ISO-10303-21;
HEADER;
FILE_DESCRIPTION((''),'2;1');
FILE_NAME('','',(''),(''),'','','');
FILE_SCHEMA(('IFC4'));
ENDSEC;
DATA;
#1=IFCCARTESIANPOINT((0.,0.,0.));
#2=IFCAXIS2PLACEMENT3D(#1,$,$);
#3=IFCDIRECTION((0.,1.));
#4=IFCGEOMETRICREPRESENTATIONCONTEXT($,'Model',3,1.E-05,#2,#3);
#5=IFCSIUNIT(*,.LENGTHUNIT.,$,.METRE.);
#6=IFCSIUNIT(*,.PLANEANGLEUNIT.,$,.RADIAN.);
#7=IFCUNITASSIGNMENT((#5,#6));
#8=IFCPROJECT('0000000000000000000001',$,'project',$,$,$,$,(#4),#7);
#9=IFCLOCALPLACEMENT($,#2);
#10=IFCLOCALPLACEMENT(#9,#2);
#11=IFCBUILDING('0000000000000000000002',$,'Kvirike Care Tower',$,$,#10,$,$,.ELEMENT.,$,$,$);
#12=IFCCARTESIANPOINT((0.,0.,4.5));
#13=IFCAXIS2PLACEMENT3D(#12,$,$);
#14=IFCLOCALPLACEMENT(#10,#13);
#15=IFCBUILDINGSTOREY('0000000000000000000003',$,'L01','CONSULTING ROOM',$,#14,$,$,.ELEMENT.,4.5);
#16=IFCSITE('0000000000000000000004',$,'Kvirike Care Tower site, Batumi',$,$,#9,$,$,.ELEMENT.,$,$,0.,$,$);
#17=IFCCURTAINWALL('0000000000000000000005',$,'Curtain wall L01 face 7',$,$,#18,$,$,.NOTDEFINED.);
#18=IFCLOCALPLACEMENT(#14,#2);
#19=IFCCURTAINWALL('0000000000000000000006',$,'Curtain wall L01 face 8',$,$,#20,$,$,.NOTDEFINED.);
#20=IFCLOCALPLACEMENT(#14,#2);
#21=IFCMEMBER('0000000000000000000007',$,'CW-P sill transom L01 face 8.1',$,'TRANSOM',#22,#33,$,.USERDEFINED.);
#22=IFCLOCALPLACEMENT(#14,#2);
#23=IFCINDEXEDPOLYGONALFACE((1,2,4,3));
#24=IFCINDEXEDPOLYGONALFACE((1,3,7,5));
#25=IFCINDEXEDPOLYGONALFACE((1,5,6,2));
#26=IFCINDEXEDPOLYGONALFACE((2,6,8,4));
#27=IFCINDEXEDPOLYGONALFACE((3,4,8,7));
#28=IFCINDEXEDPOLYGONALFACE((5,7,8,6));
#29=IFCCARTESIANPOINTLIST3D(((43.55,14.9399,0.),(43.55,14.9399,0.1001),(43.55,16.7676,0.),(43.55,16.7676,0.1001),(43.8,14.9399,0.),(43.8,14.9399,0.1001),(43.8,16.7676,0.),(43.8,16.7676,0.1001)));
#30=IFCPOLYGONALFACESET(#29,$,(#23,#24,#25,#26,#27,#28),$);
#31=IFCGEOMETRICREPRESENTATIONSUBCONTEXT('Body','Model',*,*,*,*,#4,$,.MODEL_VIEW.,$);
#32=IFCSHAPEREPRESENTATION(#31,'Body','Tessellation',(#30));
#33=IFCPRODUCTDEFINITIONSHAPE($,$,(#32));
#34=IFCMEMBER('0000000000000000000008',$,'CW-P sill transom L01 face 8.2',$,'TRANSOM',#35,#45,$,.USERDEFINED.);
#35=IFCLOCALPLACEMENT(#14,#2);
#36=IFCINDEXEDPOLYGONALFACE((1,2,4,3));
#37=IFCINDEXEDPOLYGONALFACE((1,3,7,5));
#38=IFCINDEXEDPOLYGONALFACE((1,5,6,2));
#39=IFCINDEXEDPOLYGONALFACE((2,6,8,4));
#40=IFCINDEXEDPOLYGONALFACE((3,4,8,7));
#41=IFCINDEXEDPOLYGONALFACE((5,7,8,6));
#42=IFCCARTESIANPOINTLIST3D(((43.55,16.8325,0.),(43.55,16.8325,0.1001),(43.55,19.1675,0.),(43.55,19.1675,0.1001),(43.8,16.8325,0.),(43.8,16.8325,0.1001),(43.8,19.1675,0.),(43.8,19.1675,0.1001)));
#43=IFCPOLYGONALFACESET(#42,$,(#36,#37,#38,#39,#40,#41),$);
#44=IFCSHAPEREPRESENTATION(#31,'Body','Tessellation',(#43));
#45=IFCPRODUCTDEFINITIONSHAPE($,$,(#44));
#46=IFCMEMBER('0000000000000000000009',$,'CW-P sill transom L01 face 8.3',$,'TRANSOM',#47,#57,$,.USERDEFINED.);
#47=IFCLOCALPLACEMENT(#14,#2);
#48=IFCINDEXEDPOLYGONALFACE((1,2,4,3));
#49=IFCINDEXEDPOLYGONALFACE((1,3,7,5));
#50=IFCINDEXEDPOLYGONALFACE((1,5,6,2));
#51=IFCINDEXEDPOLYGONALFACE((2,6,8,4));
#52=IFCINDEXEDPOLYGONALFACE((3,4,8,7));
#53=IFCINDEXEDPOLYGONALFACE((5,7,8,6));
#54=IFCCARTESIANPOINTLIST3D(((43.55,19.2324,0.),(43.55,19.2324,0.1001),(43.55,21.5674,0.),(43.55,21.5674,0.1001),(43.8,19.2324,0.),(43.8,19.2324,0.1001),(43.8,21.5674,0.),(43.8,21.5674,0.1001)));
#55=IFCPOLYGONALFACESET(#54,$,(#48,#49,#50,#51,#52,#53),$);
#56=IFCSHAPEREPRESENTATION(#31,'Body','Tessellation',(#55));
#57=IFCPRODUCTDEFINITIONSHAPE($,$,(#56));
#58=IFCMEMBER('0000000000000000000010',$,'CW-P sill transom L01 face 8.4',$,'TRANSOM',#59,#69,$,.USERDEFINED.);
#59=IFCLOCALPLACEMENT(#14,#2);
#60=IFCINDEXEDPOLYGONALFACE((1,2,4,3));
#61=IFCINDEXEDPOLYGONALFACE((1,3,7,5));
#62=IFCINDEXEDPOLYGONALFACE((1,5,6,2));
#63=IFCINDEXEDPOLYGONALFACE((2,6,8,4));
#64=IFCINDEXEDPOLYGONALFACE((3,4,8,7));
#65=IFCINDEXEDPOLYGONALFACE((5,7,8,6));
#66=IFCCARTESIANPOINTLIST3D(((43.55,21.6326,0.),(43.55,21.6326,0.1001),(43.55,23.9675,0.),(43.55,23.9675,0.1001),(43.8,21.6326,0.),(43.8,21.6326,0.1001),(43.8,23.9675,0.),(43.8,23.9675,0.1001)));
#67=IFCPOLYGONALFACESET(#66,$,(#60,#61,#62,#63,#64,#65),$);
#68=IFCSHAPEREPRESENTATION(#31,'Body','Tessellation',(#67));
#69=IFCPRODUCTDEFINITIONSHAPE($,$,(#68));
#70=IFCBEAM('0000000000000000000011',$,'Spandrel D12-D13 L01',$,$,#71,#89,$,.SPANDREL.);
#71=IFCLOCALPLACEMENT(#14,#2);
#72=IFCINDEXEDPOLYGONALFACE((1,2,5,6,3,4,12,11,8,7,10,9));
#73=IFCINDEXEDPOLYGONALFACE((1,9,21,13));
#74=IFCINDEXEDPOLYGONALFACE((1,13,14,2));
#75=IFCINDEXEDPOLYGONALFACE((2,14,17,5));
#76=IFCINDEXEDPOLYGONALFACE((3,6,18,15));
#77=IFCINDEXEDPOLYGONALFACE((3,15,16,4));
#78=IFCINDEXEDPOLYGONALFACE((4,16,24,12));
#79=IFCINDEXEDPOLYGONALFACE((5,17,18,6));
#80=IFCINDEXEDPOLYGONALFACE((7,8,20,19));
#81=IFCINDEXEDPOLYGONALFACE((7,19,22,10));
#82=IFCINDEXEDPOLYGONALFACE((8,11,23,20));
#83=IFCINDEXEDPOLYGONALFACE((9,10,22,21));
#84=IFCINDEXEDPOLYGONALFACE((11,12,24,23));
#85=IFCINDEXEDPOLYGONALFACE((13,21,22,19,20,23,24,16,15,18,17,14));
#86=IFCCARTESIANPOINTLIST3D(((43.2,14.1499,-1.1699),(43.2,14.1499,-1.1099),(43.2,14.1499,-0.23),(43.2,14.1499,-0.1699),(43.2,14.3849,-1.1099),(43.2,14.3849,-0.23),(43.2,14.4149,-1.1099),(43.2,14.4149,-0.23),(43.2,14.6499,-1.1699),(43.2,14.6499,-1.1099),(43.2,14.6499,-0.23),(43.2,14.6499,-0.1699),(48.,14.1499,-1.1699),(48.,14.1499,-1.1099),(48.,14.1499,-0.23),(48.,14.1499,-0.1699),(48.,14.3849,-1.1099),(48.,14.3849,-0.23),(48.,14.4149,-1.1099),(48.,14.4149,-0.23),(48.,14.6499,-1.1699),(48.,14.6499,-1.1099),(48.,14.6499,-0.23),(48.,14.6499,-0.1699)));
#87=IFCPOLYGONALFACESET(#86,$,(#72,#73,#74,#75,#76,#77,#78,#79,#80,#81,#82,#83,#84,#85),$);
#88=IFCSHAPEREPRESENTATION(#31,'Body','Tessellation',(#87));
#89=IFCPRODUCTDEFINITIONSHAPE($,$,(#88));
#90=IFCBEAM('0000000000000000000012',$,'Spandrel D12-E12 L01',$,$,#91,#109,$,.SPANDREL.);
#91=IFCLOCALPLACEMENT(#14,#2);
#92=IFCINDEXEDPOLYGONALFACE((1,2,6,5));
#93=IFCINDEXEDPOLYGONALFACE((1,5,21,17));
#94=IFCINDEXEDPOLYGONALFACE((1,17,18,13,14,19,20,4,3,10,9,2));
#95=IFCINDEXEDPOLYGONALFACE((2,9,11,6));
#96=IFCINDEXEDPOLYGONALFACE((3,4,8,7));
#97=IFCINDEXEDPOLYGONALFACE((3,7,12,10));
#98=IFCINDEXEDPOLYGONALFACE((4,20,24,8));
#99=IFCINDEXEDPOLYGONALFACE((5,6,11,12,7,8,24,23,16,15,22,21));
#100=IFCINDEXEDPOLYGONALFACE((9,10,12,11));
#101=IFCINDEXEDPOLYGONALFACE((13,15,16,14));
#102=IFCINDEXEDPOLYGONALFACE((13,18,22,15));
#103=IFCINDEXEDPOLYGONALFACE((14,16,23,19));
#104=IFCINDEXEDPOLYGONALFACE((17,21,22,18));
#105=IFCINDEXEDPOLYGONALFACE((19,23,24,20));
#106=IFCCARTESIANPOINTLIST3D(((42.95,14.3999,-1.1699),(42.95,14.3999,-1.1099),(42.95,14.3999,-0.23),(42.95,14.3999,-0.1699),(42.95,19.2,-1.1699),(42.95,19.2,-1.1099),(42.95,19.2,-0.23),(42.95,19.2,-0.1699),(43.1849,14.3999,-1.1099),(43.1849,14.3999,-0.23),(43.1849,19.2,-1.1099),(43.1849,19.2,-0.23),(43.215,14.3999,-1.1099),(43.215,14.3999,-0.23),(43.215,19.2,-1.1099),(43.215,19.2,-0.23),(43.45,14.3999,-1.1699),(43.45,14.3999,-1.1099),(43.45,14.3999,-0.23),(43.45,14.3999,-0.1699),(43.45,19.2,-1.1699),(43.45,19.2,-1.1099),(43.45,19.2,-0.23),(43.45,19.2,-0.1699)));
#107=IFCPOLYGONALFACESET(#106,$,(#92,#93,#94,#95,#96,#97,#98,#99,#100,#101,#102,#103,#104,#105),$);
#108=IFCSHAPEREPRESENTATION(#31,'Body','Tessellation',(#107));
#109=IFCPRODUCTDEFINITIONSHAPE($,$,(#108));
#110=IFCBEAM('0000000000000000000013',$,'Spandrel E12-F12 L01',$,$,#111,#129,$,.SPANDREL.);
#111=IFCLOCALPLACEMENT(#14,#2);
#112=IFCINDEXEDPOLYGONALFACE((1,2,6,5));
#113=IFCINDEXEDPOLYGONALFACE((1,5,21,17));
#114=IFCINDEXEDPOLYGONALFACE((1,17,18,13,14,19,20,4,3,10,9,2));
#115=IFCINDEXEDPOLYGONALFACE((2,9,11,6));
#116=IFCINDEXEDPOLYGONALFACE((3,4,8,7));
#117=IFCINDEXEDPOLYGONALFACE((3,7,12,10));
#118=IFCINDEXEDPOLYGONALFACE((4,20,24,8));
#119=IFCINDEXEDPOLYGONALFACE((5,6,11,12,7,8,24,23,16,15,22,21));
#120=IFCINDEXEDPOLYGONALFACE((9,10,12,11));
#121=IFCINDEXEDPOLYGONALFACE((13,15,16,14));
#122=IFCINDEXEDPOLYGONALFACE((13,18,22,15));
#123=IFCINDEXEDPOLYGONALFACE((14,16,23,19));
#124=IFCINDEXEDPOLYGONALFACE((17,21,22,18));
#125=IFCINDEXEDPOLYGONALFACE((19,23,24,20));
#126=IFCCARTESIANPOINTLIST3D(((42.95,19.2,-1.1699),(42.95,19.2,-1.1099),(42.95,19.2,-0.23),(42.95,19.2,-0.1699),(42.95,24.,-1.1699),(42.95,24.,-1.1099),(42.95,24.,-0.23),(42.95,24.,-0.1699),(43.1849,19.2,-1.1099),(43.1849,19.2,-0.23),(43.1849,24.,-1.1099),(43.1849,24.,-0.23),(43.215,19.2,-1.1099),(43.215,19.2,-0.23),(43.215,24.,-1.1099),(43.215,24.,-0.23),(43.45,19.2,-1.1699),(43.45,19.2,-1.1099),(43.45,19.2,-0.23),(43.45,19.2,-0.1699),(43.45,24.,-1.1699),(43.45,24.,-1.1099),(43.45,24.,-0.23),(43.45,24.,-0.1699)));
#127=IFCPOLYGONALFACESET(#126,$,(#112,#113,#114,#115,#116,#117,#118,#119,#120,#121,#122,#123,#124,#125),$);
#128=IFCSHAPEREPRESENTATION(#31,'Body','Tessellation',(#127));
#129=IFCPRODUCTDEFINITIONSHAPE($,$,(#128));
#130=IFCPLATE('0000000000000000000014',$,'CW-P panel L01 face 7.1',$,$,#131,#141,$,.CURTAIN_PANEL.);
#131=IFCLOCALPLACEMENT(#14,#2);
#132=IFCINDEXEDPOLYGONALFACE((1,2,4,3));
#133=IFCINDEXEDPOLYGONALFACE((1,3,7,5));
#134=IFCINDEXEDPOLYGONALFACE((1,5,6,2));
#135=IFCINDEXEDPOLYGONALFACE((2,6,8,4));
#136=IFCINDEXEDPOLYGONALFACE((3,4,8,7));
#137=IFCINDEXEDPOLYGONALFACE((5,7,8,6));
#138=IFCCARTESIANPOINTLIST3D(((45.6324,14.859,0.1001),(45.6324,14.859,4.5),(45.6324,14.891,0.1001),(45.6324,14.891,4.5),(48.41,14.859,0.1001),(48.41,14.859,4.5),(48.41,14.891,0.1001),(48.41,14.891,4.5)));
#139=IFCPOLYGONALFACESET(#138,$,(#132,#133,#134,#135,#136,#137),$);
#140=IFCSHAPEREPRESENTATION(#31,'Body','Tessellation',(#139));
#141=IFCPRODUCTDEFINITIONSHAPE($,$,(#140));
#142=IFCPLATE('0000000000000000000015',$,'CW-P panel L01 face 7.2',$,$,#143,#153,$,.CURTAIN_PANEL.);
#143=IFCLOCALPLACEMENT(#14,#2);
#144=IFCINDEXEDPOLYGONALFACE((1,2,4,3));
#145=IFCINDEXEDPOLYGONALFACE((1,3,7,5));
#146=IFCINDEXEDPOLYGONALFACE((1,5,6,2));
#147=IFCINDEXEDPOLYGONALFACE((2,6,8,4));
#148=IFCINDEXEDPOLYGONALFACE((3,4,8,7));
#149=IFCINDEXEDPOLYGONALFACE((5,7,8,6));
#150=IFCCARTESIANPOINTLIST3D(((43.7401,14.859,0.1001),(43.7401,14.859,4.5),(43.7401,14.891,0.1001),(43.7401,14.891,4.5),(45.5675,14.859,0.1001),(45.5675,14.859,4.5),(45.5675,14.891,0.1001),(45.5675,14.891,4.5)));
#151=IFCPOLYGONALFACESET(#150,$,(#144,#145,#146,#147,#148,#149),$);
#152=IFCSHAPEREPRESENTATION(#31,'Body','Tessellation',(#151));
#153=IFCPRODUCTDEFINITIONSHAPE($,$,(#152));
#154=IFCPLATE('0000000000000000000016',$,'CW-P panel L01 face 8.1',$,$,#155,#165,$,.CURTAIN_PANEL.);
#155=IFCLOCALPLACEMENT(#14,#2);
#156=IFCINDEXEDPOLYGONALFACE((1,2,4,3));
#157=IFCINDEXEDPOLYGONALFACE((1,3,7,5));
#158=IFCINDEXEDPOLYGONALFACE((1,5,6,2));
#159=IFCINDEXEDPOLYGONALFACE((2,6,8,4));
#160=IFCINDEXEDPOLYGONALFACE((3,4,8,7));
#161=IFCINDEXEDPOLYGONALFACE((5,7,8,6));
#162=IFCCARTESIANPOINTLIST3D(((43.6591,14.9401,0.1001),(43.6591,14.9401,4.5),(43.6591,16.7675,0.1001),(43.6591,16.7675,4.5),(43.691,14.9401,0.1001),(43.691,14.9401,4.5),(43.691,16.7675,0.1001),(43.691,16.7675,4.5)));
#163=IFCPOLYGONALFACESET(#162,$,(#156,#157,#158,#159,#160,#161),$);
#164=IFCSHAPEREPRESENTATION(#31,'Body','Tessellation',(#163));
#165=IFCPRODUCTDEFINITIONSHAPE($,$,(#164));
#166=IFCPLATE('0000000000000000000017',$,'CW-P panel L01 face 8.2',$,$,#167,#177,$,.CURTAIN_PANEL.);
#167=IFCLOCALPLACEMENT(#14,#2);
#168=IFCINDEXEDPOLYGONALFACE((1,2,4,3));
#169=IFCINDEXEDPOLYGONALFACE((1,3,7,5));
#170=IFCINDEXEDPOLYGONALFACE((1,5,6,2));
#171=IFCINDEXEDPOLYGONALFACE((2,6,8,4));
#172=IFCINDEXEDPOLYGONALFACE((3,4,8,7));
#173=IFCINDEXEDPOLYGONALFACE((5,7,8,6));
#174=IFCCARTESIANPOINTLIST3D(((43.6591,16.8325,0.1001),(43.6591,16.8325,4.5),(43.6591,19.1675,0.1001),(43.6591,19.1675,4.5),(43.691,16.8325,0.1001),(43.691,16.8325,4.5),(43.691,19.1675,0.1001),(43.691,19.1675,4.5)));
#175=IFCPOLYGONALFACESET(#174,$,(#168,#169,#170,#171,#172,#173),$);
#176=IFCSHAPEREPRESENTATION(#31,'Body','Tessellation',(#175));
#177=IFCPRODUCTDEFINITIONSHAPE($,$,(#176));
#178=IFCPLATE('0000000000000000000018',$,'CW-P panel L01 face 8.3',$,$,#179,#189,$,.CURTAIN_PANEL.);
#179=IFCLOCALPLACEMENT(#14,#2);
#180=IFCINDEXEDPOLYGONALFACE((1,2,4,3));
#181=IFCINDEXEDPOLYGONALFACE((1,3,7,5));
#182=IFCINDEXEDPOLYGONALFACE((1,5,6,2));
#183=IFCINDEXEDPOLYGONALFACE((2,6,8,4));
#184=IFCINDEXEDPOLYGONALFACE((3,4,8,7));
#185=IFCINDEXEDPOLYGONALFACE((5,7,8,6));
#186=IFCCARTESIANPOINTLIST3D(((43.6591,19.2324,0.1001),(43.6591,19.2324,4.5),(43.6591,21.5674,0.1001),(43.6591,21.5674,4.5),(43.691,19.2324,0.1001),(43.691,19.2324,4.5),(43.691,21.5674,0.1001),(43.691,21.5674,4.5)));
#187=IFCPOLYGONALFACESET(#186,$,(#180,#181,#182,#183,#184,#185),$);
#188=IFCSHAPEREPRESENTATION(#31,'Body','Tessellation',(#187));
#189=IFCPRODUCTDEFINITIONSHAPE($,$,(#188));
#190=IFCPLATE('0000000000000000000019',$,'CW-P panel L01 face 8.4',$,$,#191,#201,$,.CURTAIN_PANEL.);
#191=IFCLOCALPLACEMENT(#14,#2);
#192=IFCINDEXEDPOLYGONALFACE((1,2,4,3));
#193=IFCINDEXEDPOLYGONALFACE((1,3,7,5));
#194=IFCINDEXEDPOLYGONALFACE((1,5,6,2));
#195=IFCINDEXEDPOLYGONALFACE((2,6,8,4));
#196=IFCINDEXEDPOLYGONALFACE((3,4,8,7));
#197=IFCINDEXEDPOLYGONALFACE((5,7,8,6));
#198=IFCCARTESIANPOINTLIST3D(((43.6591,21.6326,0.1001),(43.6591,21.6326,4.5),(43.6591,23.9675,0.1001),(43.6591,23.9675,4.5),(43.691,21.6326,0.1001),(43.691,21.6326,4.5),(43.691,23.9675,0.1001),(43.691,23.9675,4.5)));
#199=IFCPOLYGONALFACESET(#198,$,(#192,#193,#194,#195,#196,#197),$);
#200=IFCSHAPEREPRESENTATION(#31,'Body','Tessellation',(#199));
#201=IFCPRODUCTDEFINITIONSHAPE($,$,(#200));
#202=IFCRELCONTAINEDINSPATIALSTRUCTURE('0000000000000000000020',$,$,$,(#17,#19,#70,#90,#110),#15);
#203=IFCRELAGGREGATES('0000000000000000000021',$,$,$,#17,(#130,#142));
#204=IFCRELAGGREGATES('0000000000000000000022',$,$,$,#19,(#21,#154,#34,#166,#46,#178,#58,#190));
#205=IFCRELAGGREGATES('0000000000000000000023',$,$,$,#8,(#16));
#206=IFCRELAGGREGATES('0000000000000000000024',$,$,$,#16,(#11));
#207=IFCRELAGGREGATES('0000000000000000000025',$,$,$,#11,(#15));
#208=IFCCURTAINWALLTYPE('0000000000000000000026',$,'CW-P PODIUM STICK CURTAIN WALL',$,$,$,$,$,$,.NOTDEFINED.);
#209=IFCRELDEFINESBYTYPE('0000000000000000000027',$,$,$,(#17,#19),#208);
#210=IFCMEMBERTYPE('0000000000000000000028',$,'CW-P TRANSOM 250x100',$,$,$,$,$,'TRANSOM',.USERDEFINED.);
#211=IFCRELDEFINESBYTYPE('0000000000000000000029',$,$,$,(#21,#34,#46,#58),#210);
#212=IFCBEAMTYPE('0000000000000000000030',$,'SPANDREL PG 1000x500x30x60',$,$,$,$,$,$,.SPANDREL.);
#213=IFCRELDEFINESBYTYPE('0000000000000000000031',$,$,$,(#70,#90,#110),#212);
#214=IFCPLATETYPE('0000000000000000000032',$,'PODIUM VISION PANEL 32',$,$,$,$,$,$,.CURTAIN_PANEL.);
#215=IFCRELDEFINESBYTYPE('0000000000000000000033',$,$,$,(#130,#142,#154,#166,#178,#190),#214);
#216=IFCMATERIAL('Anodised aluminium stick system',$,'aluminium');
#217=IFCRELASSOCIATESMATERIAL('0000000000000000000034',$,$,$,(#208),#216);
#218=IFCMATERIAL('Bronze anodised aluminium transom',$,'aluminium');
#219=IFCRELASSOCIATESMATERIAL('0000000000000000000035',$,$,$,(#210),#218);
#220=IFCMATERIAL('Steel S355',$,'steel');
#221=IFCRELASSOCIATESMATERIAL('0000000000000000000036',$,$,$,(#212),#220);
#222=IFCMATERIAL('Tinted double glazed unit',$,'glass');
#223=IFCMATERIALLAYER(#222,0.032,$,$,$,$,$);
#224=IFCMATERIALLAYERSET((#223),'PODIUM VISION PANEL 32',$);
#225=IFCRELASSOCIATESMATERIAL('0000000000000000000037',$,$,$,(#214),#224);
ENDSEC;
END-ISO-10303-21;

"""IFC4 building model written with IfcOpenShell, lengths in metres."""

from ifc_helpers import new_model, si_unit, direction, frame, origin, origin_2d, place, context, subcontext, project, spatial, rectangle, i_section, extrude, material, layer, layer_set, material_profile, profile_set, type_object, element, aggregate, save


model = new_model("IFC4")

# Units and contexts
model_context = context("Model", 3, precision=1e-05, world=origin(), true_north=direction((0.0, 1.0)))
body_context = subcontext(model_context, "Body", "Model", "MODEL_VIEW")
ifc_project = project(units=[si_unit("LENGTHUNIT", "METRE"), si_unit("PLANEANGLEUNIT", "RADIAN")], contexts=[model_context])

# Site, building, storey
site_placement = place(None, origin())
site = spatial("IfcSite", under=ifc_project, at=site_placement, Name="Kvirike Care Tower site, Batumi", CompositionType="ELEMENT", RefElevation=0.0)
building_placement = place(site_placement, origin())
building = spatial("IfcBuilding", under=site, at=building_placement, Name="Kvirike Care Tower", CompositionType="ELEMENT")
storey_placement = place(building_placement, frame((0.0, 0.0, 4.5)))
storey = spatial("IfcBuildingStorey", under=building, at=storey_placement, Name="L01", Description="CONSULTING ROOM", CompositionType="ELEMENT", Elevation=4.5)

# Shared definitions
ifc_material_1 = material(Name="Anodised aluminium stick system", Category="aluminium")
curtain_wall_type = type_object("IfcCurtainWallType", Name="CW-P PODIUM STICK CURTAIN WALL", PredefinedType="NOTDEFINED", material=ifc_material_1)

# Curtain walls
curtain_wall_1_placement = place(storey_placement, origin())
curtain_wall_1 = element("IfcCurtainWall", 1, at=curtain_wall_1_placement, inside=storey, type_object=curtain_wall_type, Name="Curtain wall L01 face 7", PredefinedType="NOTDEFINED")
curtain_wall_2_placement = place(storey_placement, origin())
curtain_wall_2 = element("IfcCurtainWall", 2, at=curtain_wall_2_placement, inside=storey, type_object=curtain_wall_type, Name="Curtain wall L01 face 8", PredefinedType="NOTDEFINED")

# Members
ifc_material_2 = material(Name="Bronze anodised aluminium transom", Category="aluminium")
ifc_material_profile_1 = material_profile(ifc_material_2, rectangle(XDim=0.25, YDim=0.1001, at=origin_2d()), Name="CW-P TRANSOM 250x100")
ifc_profile_set_1 = profile_set([ifc_material_profile_1], Name="Bronze anodised aluminium transom")
member_type_1 = type_object("IfcMemberType", Name="CW-P TRANSOM 250x100", ElementType="TRANSOM", PredefinedType="USERDEFINED", material=ifc_profile_set_1)
member_1_placement = place(storey_placement, frame((43.675, 14.9399, 0.05), z_axis=(0.0, 1.0, 0.0), x_axis=(-1.0, 0.0, 0.0)))
member_1 = element("IfcMember", 3, at=member_1_placement, type_object=member_type_1, Name="CW-P sill transom L01 face 8.1", ObjectType="TRANSOM", PredefinedType="USERDEFINED", context=body_context, shape_type="SweptSolid", body=[
    extrude(rectangle(XDim=0.25, YDim=0.1001, at=origin_2d()), origin(), (0.0, 0.0, 1.0), 1.8276),
])
member_2_placement = place(storey_placement, frame((43.675, 16.8325, 0.05), z_axis=(0.0, 1.0, 0.0), x_axis=(-1.0, 0.0, 0.0)))
member_2 = element("IfcMember", 4, at=member_2_placement, type_object=member_type_1, Name="CW-P sill transom L01 face 8.2", ObjectType="TRANSOM", PredefinedType="USERDEFINED", context=body_context, shape_type="SweptSolid", body=[
    extrude(rectangle(XDim=0.25, YDim=0.1001, at=origin_2d()), origin(), (0.0, 0.0, 1.0), 2.335),
])
member_3_placement = place(storey_placement, frame((43.675, 19.2324, 0.05), z_axis=(0.0, 1.0, 0.0), x_axis=(-1.0, 0.0, 0.0)))
member_3 = element("IfcMember", 5, at=member_3_placement, type_object=member_type_1, Name="CW-P sill transom L01 face 8.3", ObjectType="TRANSOM", PredefinedType="USERDEFINED", context=body_context, shape_type="SweptSolid", body=[
    extrude(rectangle(XDim=0.25, YDim=0.1001, at=origin_2d()), origin(), (0.0, 0.0, 1.0), 2.335),
])
member_4_placement = place(storey_placement, frame((43.675, 21.6326, 0.05), z_axis=(0.0, 1.0, 0.0), x_axis=(-1.0, 0.0, 0.0)))
member_4 = element("IfcMember", 6, at=member_4_placement, type_object=member_type_1, Name="CW-P sill transom L01 face 8.4", ObjectType="TRANSOM", PredefinedType="USERDEFINED", context=body_context, shape_type="SweptSolid", body=[
    extrude(rectangle(XDim=0.25, YDim=0.1001, at=origin_2d()), origin(), (0.0, 0.0, 1.0), 2.335),
])

# Beams
ifc_material_3 = material(Name="Steel S355", Category="steel")
ifc_material_profile_2 = material_profile(ifc_material_3, i_section(OverallWidth=0.5, OverallDepth=1.0, WebThickness=0.03, FlangeThickness=0.0601, at=origin_2d()), Name="PG 1000x500x30x60")
ifc_profile_set_2 = profile_set([ifc_material_profile_2], Name="Steel S355")
beam_type = type_object("IfcBeamType", Name="SPANDREL PG 1000x500x30x60", PredefinedType="SPANDREL", material=ifc_profile_set_2)
for number, where, z_axis, x_axis, name in (
    (7, (43.2, 14.3999, -0.6699), (1.0, 0.0, 0.0), (0.0, 1.0, 0.0), "Spandrel D12-D13 L01"),
    (8, (43.2, 14.3999, -0.6699), (0.0, 1.0, 0.0), (-1.0, 0.0, 0.0), "Spandrel D12-E12 L01"),
    (9, (43.2, 19.2, -0.6699), (0.0, 1.0, 0.0), (-1.0, 0.0, 0.0), "Spandrel E12-F12 L01"),
):
    element("IfcBeam", number, at=place(storey_placement, frame(where, z_axis=z_axis, x_axis=x_axis)), inside=storey, type_object=beam_type, Name=name, PredefinedType="SPANDREL", context=body_context, shape_type="SweptSolid", body=[
        extrude(i_section(OverallWidth=0.5, OverallDepth=1.0, WebThickness=0.03, FlangeThickness=0.0601, at=origin_2d()), origin(), (0.0, 0.0, 1.0), 4.8),
    ])

# Plates
ifc_material_4 = material(Name="Tinted double glazed unit", Category="glass")
ifc_layer = layer(ifc_material_4, 0.032)
ifc_layer_set = layer_set([ifc_layer], Name="PODIUM VISION PANEL 32")
plate_type = type_object("IfcPlateType", Name="PODIUM VISION PANEL 32", PredefinedType="CURTAIN_PANEL", material=ifc_layer_set)
plate_1_placement = place(storey_placement, frame((47.0212, 14.875, 0.1001), z_axis=(0.0, 0.0, 1.0), x_axis=(-1.0, 0.0, 0.0)))
plate_1 = element("IfcPlate", 10, at=plate_1_placement, type_object=plate_type, Name="CW-P panel L01 face 7.1", PredefinedType="CURTAIN_PANEL", context=body_context, shape_type="SweptSolid", body=[
    extrude(rectangle(XDim=2.7776, YDim=0.032, at=origin_2d()), origin(), (0.0, 0.0, 1.0), 4.3999),
])
plate_2_placement = place(storey_placement, frame((44.6538, 14.875, 0.1001), z_axis=(0.0, 0.0, 1.0), x_axis=(-1.0, 0.0, 0.0)))
plate_2 = element("IfcPlate", 11, at=plate_2_placement, type_object=plate_type, Name="CW-P panel L01 face 7.2", PredefinedType="CURTAIN_PANEL", context=body_context, shape_type="SweptSolid", body=[
    extrude(rectangle(XDim=1.8274, YDim=0.032, at=origin_2d()), origin(), (0.0, 0.0, 1.0), 4.3999),
])
aggregate(curtain_wall_1, [plate_1, plate_2])
plate_3_placement = place(storey_placement, frame((43.675, 15.8538, 0.1001), z_axis=(0.0, 0.0, 1.0), x_axis=(0.0, 1.0, 0.0)))
plate_3 = element("IfcPlate", 12, at=plate_3_placement, type_object=plate_type, Name="CW-P panel L01 face 8.1", PredefinedType="CURTAIN_PANEL", context=body_context, shape_type="SweptSolid", body=[
    extrude(rectangle(XDim=1.8274, YDim=0.032, at=origin_2d()), origin(), (0.0, 0.0, 1.0), 4.3999),
])
plate_4_placement = place(storey_placement, frame((43.675, 18.0, 0.1001), z_axis=(0.0, 0.0, 1.0), x_axis=(0.0, 1.0, 0.0)))
plate_4 = element("IfcPlate", 13, at=plate_4_placement, type_object=plate_type, Name="CW-P panel L01 face 8.2", PredefinedType="CURTAIN_PANEL", context=body_context, shape_type="SweptSolid", body=[
    extrude(rectangle(XDim=2.335, YDim=0.032, at=origin_2d()), origin(), (0.0, 0.0, 1.0), 4.3999),
])
plate_5_placement = place(storey_placement, frame((43.675, 20.3999, 0.1001), z_axis=(0.0, 0.0, 1.0), x_axis=(0.0, 1.0, 0.0)))
plate_5 = element("IfcPlate", 14, at=plate_5_placement, type_object=plate_type, Name="CW-P panel L01 face 8.3", PredefinedType="CURTAIN_PANEL", context=body_context, shape_type="SweptSolid", body=[
    extrude(rectangle(XDim=2.335, YDim=0.032, at=origin_2d()), origin(), (0.0, 0.0, 1.0), 4.3999),
])
plate_6_placement = place(storey_placement, frame((43.675, 22.8, 0.1001), z_axis=(0.0, 0.0, 1.0), x_axis=(0.0, 1.0, 0.0)))
plate_6 = element("IfcPlate", 15, at=plate_6_placement, type_object=plate_type, Name="CW-P panel L01 face 8.4", PredefinedType="CURTAIN_PANEL", context=body_context, shape_type="SweptSolid", body=[
    extrude(rectangle(XDim=2.335, YDim=0.032, at=origin_2d()), origin(), (0.0, 0.0, 1.0), 4.3999),
])
aggregate(curtain_wall_2, [member_1, plate_3, member_2, plate_4, member_3, plate_5, member_4, plate_6])

save(model, "model.ifc")
